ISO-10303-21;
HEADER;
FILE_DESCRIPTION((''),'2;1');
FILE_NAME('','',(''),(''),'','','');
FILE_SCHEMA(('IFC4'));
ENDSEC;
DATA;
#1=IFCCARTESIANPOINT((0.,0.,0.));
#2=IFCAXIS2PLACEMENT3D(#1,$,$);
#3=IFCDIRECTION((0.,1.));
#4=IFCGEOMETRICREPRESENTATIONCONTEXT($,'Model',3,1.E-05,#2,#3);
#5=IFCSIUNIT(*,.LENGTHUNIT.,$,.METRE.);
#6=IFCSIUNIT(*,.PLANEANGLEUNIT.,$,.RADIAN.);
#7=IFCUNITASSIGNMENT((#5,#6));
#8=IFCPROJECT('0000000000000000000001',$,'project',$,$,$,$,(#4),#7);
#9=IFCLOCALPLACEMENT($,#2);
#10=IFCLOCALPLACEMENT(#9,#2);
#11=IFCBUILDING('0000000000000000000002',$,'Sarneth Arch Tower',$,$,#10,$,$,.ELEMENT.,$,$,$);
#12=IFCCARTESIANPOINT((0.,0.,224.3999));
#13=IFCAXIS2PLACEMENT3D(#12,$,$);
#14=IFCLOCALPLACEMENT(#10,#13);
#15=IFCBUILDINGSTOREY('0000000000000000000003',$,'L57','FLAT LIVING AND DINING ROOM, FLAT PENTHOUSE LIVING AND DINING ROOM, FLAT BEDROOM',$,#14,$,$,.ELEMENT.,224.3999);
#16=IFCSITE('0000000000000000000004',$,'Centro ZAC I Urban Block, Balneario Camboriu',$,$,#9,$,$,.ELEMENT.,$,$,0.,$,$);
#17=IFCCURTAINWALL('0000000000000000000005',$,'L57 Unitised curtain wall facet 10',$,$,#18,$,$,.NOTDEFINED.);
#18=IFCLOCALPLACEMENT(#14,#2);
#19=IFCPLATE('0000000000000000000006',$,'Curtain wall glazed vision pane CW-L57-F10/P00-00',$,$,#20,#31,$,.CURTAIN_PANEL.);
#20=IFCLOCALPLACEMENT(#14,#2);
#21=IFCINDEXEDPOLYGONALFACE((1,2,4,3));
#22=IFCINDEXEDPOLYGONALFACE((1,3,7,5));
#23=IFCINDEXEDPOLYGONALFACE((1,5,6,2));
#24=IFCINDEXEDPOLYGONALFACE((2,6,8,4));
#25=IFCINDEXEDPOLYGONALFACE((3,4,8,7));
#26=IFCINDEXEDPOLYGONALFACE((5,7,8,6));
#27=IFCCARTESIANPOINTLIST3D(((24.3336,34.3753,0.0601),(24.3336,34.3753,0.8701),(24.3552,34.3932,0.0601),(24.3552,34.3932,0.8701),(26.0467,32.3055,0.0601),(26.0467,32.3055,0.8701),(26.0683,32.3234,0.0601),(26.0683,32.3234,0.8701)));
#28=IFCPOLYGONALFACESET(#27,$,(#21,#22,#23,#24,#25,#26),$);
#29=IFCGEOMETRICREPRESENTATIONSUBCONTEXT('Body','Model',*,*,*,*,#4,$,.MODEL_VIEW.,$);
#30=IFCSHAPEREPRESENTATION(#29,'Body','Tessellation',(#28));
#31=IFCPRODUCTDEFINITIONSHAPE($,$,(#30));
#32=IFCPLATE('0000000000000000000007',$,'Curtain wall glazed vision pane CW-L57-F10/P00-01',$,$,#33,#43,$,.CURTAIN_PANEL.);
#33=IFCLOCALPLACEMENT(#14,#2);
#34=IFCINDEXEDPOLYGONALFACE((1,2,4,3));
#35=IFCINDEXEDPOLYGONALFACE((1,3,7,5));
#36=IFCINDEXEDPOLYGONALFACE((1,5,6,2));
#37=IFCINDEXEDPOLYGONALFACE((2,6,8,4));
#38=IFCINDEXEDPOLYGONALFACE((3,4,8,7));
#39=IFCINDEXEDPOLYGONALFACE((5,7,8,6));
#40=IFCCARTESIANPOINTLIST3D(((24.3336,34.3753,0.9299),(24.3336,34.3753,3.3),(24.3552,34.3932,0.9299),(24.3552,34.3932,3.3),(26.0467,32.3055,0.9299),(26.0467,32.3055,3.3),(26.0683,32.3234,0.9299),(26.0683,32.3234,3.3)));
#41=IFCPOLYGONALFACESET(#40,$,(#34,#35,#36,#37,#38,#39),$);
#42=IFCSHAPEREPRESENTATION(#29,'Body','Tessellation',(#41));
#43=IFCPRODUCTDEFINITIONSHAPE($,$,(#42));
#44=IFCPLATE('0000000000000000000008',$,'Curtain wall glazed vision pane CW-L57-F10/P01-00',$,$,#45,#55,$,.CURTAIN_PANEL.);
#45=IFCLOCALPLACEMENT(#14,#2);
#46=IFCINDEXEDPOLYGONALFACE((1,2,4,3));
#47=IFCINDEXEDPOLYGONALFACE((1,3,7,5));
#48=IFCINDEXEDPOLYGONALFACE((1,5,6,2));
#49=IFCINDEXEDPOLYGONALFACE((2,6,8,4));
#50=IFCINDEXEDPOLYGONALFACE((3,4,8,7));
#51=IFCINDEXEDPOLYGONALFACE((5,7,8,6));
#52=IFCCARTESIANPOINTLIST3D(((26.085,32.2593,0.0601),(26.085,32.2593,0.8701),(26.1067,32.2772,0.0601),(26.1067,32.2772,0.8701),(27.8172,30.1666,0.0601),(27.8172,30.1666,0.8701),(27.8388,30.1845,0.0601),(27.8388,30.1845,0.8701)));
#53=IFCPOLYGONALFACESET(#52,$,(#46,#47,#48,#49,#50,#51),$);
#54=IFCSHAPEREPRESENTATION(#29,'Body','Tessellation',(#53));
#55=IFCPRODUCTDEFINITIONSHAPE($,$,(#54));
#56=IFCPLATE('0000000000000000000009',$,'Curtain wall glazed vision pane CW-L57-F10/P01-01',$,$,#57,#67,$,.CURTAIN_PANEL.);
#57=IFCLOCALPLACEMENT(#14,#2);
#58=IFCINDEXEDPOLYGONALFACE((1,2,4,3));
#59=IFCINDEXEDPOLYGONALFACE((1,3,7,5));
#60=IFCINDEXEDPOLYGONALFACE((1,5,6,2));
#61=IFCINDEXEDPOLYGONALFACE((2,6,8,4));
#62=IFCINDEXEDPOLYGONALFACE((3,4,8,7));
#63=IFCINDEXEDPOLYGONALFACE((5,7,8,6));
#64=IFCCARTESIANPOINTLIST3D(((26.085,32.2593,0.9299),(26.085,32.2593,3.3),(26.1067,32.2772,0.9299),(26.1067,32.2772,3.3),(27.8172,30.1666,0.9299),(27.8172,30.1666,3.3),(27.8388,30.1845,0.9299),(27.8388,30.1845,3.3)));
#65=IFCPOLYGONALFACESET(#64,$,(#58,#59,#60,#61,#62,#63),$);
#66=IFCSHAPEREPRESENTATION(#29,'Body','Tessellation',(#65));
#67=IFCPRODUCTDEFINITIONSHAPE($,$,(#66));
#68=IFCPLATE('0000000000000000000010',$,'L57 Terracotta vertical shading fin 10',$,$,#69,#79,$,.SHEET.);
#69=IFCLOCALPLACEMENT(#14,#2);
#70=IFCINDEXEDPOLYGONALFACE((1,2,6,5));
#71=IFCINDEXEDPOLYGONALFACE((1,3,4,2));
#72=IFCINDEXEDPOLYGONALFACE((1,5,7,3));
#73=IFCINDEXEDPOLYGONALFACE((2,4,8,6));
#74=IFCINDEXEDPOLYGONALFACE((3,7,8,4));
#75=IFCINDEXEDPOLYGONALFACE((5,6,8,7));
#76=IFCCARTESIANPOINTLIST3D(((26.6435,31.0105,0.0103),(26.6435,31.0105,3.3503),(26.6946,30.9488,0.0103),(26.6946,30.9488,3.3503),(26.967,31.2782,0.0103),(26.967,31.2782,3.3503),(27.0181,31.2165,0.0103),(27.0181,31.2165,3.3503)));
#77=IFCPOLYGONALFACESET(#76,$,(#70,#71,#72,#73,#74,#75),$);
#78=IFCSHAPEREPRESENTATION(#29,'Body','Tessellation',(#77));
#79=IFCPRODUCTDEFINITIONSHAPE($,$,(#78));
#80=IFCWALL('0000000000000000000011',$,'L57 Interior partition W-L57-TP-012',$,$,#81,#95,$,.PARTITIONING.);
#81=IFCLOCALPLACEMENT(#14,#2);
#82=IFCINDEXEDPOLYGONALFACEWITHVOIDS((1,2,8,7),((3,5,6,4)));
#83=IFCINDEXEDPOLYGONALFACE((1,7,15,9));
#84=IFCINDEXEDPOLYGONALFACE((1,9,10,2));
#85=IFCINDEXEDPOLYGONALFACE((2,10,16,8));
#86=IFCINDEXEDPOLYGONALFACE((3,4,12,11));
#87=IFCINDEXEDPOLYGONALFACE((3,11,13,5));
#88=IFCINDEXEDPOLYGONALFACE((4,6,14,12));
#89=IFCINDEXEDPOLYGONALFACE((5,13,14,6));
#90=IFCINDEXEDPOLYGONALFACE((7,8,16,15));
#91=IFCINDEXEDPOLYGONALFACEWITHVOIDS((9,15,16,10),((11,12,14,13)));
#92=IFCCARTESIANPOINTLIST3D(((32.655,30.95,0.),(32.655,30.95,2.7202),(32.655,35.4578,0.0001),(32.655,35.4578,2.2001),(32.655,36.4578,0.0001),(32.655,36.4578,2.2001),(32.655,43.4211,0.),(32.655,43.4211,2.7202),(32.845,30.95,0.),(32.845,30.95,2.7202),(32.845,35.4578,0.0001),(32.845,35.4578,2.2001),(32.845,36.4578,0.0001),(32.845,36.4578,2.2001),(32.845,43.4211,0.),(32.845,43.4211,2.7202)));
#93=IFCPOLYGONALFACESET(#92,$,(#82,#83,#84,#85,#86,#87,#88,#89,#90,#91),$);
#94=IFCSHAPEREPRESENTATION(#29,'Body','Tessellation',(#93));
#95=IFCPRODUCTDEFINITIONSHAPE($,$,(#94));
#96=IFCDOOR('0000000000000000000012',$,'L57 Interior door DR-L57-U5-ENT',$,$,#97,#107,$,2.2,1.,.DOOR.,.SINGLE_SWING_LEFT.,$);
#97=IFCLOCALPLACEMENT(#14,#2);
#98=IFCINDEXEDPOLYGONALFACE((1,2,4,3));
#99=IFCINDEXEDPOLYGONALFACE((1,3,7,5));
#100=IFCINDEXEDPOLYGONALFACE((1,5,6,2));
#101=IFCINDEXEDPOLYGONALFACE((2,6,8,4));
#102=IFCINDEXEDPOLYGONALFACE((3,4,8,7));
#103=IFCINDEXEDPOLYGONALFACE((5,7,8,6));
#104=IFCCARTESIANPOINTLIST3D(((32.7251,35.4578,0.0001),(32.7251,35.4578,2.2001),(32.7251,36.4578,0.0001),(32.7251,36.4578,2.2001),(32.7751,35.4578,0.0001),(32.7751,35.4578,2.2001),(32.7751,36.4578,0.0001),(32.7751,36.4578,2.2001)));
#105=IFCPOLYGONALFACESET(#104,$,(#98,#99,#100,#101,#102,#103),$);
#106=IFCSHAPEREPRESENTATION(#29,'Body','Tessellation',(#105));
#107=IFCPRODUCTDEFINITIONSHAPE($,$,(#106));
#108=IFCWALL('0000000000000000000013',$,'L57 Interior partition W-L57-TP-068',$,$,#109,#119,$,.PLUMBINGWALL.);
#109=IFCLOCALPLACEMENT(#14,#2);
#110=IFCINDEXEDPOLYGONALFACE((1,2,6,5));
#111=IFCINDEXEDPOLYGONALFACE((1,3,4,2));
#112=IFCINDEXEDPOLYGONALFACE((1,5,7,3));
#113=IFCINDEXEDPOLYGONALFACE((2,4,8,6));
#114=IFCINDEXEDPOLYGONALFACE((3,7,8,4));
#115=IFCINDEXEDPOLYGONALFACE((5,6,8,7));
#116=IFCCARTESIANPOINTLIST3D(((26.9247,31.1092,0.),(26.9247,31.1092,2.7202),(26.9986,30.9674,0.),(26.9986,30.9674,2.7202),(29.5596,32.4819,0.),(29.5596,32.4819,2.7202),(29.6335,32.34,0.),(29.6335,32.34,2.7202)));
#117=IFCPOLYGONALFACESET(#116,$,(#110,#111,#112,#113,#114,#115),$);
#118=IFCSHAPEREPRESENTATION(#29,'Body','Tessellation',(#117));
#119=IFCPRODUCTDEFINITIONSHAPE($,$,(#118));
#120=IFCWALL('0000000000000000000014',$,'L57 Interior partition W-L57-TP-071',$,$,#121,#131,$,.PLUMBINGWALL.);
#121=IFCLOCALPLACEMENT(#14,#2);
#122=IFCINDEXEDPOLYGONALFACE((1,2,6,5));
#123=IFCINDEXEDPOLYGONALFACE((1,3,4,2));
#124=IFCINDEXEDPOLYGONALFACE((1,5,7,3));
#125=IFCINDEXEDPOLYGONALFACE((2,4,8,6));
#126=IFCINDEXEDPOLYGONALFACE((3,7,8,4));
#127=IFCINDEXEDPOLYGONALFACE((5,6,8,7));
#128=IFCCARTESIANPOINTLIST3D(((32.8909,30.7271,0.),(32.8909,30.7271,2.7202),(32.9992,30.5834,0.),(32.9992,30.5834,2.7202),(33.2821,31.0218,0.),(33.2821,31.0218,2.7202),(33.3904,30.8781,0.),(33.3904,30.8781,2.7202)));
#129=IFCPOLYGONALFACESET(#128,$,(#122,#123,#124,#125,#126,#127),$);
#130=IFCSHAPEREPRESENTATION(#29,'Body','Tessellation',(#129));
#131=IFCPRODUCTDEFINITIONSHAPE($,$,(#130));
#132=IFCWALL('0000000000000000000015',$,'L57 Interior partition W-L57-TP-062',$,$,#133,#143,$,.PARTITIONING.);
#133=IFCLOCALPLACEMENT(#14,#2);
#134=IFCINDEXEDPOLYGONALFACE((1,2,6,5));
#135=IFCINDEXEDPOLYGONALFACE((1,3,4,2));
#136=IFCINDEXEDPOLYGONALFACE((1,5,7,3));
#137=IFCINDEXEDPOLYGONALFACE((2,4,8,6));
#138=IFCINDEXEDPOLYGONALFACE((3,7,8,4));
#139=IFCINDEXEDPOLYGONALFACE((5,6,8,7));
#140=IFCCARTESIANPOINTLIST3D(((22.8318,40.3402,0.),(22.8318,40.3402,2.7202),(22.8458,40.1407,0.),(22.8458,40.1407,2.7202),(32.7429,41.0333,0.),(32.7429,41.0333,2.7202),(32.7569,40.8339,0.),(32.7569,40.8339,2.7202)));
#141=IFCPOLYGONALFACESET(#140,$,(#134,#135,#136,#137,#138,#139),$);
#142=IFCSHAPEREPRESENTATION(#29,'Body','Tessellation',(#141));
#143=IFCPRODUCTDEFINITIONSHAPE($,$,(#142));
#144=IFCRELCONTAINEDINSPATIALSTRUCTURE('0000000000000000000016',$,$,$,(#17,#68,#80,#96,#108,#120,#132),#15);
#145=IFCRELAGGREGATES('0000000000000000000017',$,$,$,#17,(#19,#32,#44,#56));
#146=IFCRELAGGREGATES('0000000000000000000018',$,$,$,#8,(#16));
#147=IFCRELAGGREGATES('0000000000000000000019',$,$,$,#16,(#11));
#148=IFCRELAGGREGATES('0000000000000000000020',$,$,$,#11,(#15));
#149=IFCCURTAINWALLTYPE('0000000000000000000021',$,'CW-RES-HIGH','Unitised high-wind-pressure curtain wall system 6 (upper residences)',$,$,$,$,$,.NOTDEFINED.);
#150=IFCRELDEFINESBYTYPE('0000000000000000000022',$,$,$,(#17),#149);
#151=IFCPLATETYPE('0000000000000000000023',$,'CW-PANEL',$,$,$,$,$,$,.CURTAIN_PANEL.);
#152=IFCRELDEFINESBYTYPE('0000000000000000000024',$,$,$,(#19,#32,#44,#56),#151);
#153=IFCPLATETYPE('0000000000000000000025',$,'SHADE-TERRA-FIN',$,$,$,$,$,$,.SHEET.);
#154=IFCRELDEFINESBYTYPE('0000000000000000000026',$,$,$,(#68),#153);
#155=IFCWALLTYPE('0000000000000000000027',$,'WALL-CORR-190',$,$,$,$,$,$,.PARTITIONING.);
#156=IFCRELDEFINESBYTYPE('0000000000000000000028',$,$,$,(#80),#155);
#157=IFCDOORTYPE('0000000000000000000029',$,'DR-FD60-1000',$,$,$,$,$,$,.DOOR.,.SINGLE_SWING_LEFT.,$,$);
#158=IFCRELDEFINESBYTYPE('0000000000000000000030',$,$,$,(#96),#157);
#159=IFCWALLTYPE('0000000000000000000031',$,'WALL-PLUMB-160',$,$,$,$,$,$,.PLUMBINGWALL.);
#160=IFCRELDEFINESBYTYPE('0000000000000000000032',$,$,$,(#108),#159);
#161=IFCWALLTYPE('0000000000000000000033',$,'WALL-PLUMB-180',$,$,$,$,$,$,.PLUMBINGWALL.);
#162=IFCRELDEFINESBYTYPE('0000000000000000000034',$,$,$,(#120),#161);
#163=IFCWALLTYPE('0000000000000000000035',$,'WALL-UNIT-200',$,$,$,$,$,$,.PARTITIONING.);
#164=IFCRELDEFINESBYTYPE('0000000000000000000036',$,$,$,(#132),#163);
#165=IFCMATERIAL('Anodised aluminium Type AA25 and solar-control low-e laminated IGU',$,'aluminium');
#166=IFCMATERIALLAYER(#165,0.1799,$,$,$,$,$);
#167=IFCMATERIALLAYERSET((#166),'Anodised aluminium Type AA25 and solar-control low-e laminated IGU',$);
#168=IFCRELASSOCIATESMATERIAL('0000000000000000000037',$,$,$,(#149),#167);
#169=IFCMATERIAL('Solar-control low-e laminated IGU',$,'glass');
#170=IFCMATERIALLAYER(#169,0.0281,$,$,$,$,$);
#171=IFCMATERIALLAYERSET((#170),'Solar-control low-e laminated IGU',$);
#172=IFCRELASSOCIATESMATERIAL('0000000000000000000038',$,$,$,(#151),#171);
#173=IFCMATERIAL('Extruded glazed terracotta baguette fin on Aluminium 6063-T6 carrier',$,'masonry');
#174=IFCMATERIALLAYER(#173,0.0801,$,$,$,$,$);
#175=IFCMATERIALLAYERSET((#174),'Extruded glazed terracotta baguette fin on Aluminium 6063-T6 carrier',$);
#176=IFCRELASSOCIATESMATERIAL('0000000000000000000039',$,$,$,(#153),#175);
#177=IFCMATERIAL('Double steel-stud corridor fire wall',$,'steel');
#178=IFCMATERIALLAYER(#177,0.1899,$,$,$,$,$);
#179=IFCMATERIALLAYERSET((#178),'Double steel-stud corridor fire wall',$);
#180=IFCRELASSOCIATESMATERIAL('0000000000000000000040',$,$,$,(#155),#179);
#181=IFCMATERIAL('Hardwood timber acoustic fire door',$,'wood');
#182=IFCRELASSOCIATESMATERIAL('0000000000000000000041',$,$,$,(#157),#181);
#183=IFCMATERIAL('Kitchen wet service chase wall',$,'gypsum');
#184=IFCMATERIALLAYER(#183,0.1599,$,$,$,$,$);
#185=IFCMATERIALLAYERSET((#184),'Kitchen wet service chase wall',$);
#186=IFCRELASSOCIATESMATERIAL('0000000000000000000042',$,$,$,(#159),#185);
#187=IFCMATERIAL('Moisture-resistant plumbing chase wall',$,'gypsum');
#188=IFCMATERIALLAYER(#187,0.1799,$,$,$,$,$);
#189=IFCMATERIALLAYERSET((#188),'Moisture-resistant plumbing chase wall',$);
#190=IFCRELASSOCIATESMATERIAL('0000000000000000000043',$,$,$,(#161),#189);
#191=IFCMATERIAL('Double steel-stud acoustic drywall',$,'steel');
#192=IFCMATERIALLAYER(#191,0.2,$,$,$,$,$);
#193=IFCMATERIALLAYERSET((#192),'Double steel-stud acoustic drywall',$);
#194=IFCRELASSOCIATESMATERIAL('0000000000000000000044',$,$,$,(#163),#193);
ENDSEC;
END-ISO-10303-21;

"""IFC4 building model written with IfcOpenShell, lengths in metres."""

from ifc_helpers import new_model, si_unit, direction, frame, frame_2d, origin, origin_2d, place, context, subcontext, project, spatial, rectangle, extrude, material, layer, layer_set, type_object, element, fill, aggregate, save


model = new_model("IFC4")

# Units and contexts
model_context = context("Model", 3, precision=1e-05, world=origin(), true_north=direction((0.0, 1.0)))
body_context = subcontext(model_context, "Body", "Model", "MODEL_VIEW")
ifc_project = project(units=[si_unit("LENGTHUNIT", "METRE"), si_unit("PLANEANGLEUNIT", "RADIAN")], contexts=[model_context])

# Site, building, storey
site_placement = place(None, origin())
site = spatial("IfcSite", under=ifc_project, at=site_placement, Name="Centro ZAC I Urban Block, Balneario Camboriu", CompositionType="ELEMENT", RefElevation=0.0)
building_placement = place(site_placement, origin())
building = spatial("IfcBuilding", under=site, at=building_placement, Name="Sarneth Arch Tower", CompositionType="ELEMENT")
storey_placement = place(building_placement, frame((0.0, 0.0, 224.3999)))
storey = spatial("IfcBuildingStorey", under=building, at=storey_placement, Name="L57", Description="FLAT LIVING AND DINING ROOM, FLAT PENTHOUSE LIVING AND DINING ROOM, FLAT BEDROOM", CompositionType="ELEMENT", Elevation=224.3999)

# Curtain wall, plates
ifc_material_1 = material(Name="Anodised aluminium Type AA25 and solar-control low-e laminated IGU", Category="aluminium")
ifc_layer_1 = layer(ifc_material_1, 0.1799)
ifc_layer_set_1 = layer_set([ifc_layer_1], Name="Anodised aluminium Type AA25 and solar-control low-e laminated IGU")
curtain_wall_type = type_object("IfcCurtainWallType", Name="CW-RES-HIGH", Description="Unitised high-wind-pressure curtain wall system 6 (upper residences)", PredefinedType="NOTDEFINED", material=ifc_layer_set_1)
curtain_wall_placement = place(storey_placement, origin())
curtain_wall = element("IfcCurtainWall", 1, at=curtain_wall_placement, inside=storey, type_object=curtain_wall_type, Name="L57 Unitised curtain wall facet 10", PredefinedType="NOTDEFINED")
ifc_material_2 = material(Name="Solar-control low-e laminated IGU", Category="glass")
ifc_layer_2 = layer(ifc_material_2, 0.0281)
ifc_layer_set_2 = layer_set([ifc_layer_2], Name="Solar-control low-e laminated IGU")
plate_type_1 = type_object("IfcPlateType", Name="CW-PANEL", PredefinedType="CURTAIN_PANEL", material=ifc_layer_set_2)
plate_1_placement = place(storey_placement, frame((25.2009, 33.3494, 0.0601), z_axis=(0.0, 0.0, 1.0), x_axis=(0.63761, -0.770359, 0.0)))
plate_1 = element("IfcPlate", 2, at=plate_1_placement, type_object=plate_type_1, Name="Curtain wall glazed vision pane CW-L57-F10/P00-00", PredefinedType="CURTAIN_PANEL", context=body_context, shape_type="SweptSolid", body=[
    extrude(rectangle(XDim=2.6868, YDim=0.0281, at=origin_2d()), origin(), (0.0, 0.0, 1.0), 0.8101),
])
plate_2_placement = place(storey_placement, frame((25.2009, 33.3494, 0.9299), z_axis=(0.0, 0.0, 1.0), x_axis=(0.63761, -0.770359, 0.0)))
plate_2 = element("IfcPlate", 3, at=plate_2_placement, type_object=plate_type_1, Name="Curtain wall glazed vision pane CW-L57-F10/P00-01", PredefinedType="CURTAIN_PANEL", context=body_context, shape_type="SweptSolid", body=[
    extrude(rectangle(XDim=2.6868, YDim=0.0281, at=origin_2d()), origin(), (0.0, 0.0, 1.0), 2.3701),
])
plate_3_placement = place(storey_placement, frame((26.9619, 31.2219, 0.0601), z_axis=(0.0, 0.0, 1.0), x_axis=(0.63761, -0.770359, 0.0)))
plate_3 = element("IfcPlate", 4, at=plate_3_placement, type_object=plate_type_1, Name="Curtain wall glazed vision pane CW-L57-F10/P01-00", PredefinedType="CURTAIN_PANEL", context=body_context, shape_type="SweptSolid", body=[
    extrude(rectangle(XDim=2.7166, YDim=0.0281, at=origin_2d()), origin(), (0.0, 0.0, 1.0), 0.8101),
])
plate_4_placement = place(storey_placement, frame((26.9619, 31.2219, 0.9299), z_axis=(0.0, 0.0, 1.0), x_axis=(0.63761, -0.770359, 0.0)))
plate_4 = element("IfcPlate", 5, at=plate_4_placement, type_object=plate_type_1, Name="Curtain wall glazed vision pane CW-L57-F10/P01-01", PredefinedType="CURTAIN_PANEL", context=body_context, shape_type="SweptSolid", body=[
    extrude(rectangle(XDim=2.7166, YDim=0.0281, at=origin_2d()), origin(), (0.0, 0.0, 1.0), 2.3701),
])
aggregate(curtain_wall, [plate_1, plate_2, plate_3, plate_4])

# Plate
ifc_material_3 = material(Name="Extruded glazed terracotta baguette fin on Aluminium 6063-T6 carrier", Category="masonry")
ifc_layer_3 = layer(ifc_material_3, 0.0801)
ifc_layer_set_3 = layer_set([ifc_layer_3], Name="Extruded glazed terracotta baguette fin on Aluminium 6063-T6 carrier")
plate_type_2 = type_object("IfcPlateType", Name="SHADE-TERRA-FIN", PredefinedType="SHEET", material=ifc_layer_set_3)
plate_5_placement = place(storey_placement, frame((26.8308, 31.1135, 0.0103), z_axis=(0.0, 0.0, 1.0), x_axis=(-0.770402, -0.637558, 0.0)))
element("IfcPlate", 6, at=plate_5_placement, inside=storey, type_object=plate_type_2, Name="L57 Terracotta vertical shading fin 10", PredefinedType="SHEET", context=body_context, shape_type="SweptSolid", body=[
    extrude(rectangle(XDim=0.4199, YDim=0.0801, at=origin_2d()), origin(), (0.0, 0.0, 1.0), 3.3401),
])

# Wall, opening, door
ifc_material_4 = material(Name="Double steel-stud corridor fire wall", Category="steel")
ifc_layer_4 = layer(ifc_material_4, 0.1899)
ifc_layer_set_4 = layer_set([ifc_layer_4], Name="Double steel-stud corridor fire wall")
wall_type_1 = type_object("IfcWallType", Name="WALL-CORR-190", PredefinedType="PARTITIONING", material=ifc_layer_set_4)
wall_1_placement = place(storey_placement, frame((32.75, 30.95, 0.0), z_axis=(0.0, 0.0, 1.0), x_axis=(0.0, 1.0, 0.0)))
wall_1 = element("IfcWall", 7, at=wall_1_placement, inside=storey, type_object=wall_type_1, Name="L57 Interior partition W-L57-TP-012", PredefinedType="PARTITIONING", context=body_context, shape_type="SweptSolid", body=[
    extrude(rectangle(XDim=12.4712, YDim=0.1899, at=frame_2d((6.2356, 0.0))), origin(), (0.0, 0.0, 1.0), 2.7202),
])
opening_placement = place(wall_1_placement, frame((4.5078, 0.0, 0.0)))
opening = element("IfcOpeningElement", 8, at=opening_placement, cuts=wall_1, PredefinedType="OPENING", context=body_context, shape_type="SweptSolid", body=[
    extrude(rectangle(XDim=1.0, YDim=2.2, at=frame_2d((0.5, 1.1001))), frame((0.0, 0.105, 0.0), z_axis=(0.0, -1.0, 0.0), x_axis=(1.0, 0.0, 0.0)), (0.0, 0.0, 1.0), 0.21),
])
ifc_material_5 = material(Name="Hardwood timber acoustic fire door", Category="wood")
door_type = type_object("IfcDoorType", Name="DR-FD60-1000", OperationType="SINGLE_SWING_LEFT", PredefinedType="DOOR", material=ifc_material_5)
door_placement = place(opening_placement, origin())
door = element("IfcDoor", 9, at=door_placement, inside=storey, type_object=door_type, Name="L57 Interior door DR-L57-U5-ENT", OperationType="SINGLE_SWING_LEFT", OverallHeight=2.2, OverallWidth=1.0, PredefinedType="DOOR", context=body_context, shape_type="SweptSolid", body=[
    extrude(rectangle(XDim=1.0, YDim=2.2, at=frame_2d((0.5, 1.1001))), frame((0.0, 0.0249, 0.0), z_axis=(0.0, -1.0, 0.0), x_axis=(1.0, 0.0, 0.0)), (0.0, 0.0, 1.0), 0.05),
])
fill(opening, door)

# Walls
ifc_material_6 = material(Name="Kitchen wet service chase wall", Category="gypsum")
ifc_layer_5 = layer(ifc_material_6, 0.1599)
ifc_layer_set_5 = layer_set([ifc_layer_5], Name="Kitchen wet service chase wall")
wall_type_2 = type_object("IfcWallType", Name="WALL-PLUMB-160", PredefinedType="PLUMBINGWALL", material=ifc_layer_set_5)
wall_2_placement = place(storey_placement, frame((29.5964, 32.4109, 0.0), z_axis=(0.0, 0.0, 1.0), x_axis=(-0.886875, -0.46201, 0.0)))
element("IfcWall", 10, at=wall_2_placement, inside=storey, type_object=wall_type_2, Name="L57 Interior partition W-L57-TP-068", PredefinedType="PLUMBINGWALL", context=body_context, shape_type="SweptSolid", body=[
    extrude(rectangle(XDim=2.9709, YDim=0.1599, at=frame_2d((1.4854, 0.0))), origin(), (0.0, 0.0, 1.0), 2.7202),
])
ifc_material_7 = material(Name="Moisture-resistant plumbing chase wall", Category="gypsum")
ifc_layer_6 = layer(ifc_material_7, 0.1799)
ifc_layer_set_6 = layer_set([ifc_layer_6], Name="Moisture-resistant plumbing chase wall")
wall_type_3 = type_object("IfcWallType", Name="WALL-PLUMB-180", PredefinedType="PLUMBINGWALL", material=ifc_layer_set_6)
wall_3_placement = place(storey_placement, frame((32.9451, 30.6553, 0.0), z_axis=(0.0, 0.0, 1.0), x_axis=(0.798682, 0.601753, 0.0)))
element("IfcWall", 11, at=wall_3_placement, inside=storey, type_object=wall_type_3, Name="L57 Interior partition W-L57-TP-071", PredefinedType="PLUMBINGWALL", context=body_context, shape_type="SweptSolid", body=[
    extrude(rectangle(XDim=0.4897, YDim=0.1799, at=frame_2d((0.2449, 0.0))), origin(), (0.0, 0.0, 1.0), 2.7202),
])
ifc_material_8 = material(Name="Double steel-stud acoustic drywall", Category="steel")
ifc_layer_7 = layer(ifc_material_8, 0.2)
ifc_layer_set_7 = layer_set([ifc_layer_7], Name="Double steel-stud acoustic drywall")
wall_type_4 = type_object("IfcWallType", Name="WALL-UNIT-200", PredefinedType="PARTITIONING", material=ifc_layer_set_7)
wall_4_placement = place(storey_placement, frame((32.75, 40.9336, 0.0), z_axis=(0.0, 0.0, 1.0), x_axis=(-0.997564, -0.069763, 0.0)))
element("IfcWall", 12, at=wall_4_placement, inside=storey, type_object=wall_type_4, Name="L57 Interior partition W-L57-TP-062", PredefinedType="PARTITIONING", context=body_context, shape_type="SweptSolid", body=[
    extrude(rectangle(XDim=9.9353, YDim=0.2, at=frame_2d((4.9678, 0.0))), origin(), (0.0, 0.0, 1.0), 2.7202),
])

save(model, "model.ifc")
